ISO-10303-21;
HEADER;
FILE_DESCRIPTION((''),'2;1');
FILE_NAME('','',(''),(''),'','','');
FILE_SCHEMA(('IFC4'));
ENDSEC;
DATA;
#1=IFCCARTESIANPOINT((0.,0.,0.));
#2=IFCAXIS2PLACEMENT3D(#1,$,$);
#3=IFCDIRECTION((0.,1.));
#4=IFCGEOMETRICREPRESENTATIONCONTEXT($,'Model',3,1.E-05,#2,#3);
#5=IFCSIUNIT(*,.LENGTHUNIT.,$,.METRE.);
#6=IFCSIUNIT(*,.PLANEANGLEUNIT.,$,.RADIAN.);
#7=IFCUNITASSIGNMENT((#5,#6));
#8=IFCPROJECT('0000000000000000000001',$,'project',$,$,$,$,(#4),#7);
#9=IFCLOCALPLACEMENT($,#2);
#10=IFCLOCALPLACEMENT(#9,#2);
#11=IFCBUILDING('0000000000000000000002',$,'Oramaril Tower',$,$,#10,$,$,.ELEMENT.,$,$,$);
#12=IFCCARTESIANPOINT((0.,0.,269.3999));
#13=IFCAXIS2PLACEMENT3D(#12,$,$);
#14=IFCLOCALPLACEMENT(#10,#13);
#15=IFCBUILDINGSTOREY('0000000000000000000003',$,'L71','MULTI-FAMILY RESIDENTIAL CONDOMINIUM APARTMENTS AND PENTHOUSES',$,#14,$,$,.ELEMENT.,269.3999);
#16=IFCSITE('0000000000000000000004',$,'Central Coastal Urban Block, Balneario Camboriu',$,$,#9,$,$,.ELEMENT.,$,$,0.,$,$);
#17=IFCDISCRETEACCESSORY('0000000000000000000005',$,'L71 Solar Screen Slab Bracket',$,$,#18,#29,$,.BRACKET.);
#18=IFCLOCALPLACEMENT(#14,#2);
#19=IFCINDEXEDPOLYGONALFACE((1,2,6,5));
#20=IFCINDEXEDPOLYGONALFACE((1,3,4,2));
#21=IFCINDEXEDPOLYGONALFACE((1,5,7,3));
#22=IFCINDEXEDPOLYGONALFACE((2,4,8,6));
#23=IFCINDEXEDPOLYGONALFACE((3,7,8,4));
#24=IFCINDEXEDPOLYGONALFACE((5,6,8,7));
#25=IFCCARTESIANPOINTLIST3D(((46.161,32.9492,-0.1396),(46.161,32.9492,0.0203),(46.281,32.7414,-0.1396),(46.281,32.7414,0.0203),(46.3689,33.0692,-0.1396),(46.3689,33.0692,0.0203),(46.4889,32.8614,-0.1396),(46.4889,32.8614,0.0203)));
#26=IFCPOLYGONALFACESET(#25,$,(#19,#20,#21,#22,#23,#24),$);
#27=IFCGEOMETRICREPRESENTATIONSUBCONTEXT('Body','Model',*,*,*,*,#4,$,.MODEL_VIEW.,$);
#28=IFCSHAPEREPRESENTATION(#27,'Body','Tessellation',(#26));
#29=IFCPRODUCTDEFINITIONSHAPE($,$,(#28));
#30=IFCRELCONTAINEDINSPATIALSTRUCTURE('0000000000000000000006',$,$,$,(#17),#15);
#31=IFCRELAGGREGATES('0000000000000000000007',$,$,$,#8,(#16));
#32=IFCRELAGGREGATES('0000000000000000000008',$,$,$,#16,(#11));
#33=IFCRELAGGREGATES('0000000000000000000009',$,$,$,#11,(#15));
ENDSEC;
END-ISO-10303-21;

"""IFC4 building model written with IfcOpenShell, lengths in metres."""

from ifc_helpers import new_model, si_unit, direction, frame, origin, origin_2d, place, context, subcontext, project, spatial, rectangle, extrude, element, save


model = new_model("IFC4")

# Units and contexts
model_context = context("Model", 3, precision=1e-05, world=origin(), true_north=direction((0.0, 1.0)))
body_context = subcontext(model_context, "Body", "Model", "MODEL_VIEW")
ifc_project = project(units=[si_unit("LENGTHUNIT", "METRE"), si_unit("PLANEANGLEUNIT", "RADIAN")], contexts=[model_context])

# Site, building, storey
site_placement = place(None, origin())
site = spatial("IfcSite", under=ifc_project, at=site_placement, Name="Central Coastal Urban Block, Balneario Camboriu", CompositionType="ELEMENT", RefElevation=0.0)
building_placement = place(site_placement, origin())
building = spatial("IfcBuilding", under=site, at=building_placement, Name="Oramaril Tower", CompositionType="ELEMENT")
storey_placement = place(building_placement, frame((0.0, 0.0, 269.3999)))
storey = spatial("IfcBuildingStorey", under=building, at=storey_placement, Name="L71", Description="MULTI-FAMILY RESIDENTIAL CONDOMINIUM APARTMENTS AND PENTHOUSES", CompositionType="ELEMENT", Elevation=269.3999)

# Discrete accessory
for number, where, z_axis, x_axis, name in (
    (1, (46.325, 32.9053, -0.1396), (0.0, 0.0, 1.0), (-0.5, 0.866025, 0.0), "L71 Solar Screen Slab Bracket"),
):
    element("IfcDiscreteAccessory", number, at=place(storey_placement, frame(where, z_axis=z_axis, x_axis=x_axis)), inside=storey, Name=name, PredefinedType="BRACKET", context=body_context, shape_type="SweptSolid", body=[
        extrude(rectangle(XDim=0.24, YDim=0.24, at=origin_2d()), origin(), (0.0, 0.0, 1.0), 0.1599),
    ])

save(model, "model.ifc")
